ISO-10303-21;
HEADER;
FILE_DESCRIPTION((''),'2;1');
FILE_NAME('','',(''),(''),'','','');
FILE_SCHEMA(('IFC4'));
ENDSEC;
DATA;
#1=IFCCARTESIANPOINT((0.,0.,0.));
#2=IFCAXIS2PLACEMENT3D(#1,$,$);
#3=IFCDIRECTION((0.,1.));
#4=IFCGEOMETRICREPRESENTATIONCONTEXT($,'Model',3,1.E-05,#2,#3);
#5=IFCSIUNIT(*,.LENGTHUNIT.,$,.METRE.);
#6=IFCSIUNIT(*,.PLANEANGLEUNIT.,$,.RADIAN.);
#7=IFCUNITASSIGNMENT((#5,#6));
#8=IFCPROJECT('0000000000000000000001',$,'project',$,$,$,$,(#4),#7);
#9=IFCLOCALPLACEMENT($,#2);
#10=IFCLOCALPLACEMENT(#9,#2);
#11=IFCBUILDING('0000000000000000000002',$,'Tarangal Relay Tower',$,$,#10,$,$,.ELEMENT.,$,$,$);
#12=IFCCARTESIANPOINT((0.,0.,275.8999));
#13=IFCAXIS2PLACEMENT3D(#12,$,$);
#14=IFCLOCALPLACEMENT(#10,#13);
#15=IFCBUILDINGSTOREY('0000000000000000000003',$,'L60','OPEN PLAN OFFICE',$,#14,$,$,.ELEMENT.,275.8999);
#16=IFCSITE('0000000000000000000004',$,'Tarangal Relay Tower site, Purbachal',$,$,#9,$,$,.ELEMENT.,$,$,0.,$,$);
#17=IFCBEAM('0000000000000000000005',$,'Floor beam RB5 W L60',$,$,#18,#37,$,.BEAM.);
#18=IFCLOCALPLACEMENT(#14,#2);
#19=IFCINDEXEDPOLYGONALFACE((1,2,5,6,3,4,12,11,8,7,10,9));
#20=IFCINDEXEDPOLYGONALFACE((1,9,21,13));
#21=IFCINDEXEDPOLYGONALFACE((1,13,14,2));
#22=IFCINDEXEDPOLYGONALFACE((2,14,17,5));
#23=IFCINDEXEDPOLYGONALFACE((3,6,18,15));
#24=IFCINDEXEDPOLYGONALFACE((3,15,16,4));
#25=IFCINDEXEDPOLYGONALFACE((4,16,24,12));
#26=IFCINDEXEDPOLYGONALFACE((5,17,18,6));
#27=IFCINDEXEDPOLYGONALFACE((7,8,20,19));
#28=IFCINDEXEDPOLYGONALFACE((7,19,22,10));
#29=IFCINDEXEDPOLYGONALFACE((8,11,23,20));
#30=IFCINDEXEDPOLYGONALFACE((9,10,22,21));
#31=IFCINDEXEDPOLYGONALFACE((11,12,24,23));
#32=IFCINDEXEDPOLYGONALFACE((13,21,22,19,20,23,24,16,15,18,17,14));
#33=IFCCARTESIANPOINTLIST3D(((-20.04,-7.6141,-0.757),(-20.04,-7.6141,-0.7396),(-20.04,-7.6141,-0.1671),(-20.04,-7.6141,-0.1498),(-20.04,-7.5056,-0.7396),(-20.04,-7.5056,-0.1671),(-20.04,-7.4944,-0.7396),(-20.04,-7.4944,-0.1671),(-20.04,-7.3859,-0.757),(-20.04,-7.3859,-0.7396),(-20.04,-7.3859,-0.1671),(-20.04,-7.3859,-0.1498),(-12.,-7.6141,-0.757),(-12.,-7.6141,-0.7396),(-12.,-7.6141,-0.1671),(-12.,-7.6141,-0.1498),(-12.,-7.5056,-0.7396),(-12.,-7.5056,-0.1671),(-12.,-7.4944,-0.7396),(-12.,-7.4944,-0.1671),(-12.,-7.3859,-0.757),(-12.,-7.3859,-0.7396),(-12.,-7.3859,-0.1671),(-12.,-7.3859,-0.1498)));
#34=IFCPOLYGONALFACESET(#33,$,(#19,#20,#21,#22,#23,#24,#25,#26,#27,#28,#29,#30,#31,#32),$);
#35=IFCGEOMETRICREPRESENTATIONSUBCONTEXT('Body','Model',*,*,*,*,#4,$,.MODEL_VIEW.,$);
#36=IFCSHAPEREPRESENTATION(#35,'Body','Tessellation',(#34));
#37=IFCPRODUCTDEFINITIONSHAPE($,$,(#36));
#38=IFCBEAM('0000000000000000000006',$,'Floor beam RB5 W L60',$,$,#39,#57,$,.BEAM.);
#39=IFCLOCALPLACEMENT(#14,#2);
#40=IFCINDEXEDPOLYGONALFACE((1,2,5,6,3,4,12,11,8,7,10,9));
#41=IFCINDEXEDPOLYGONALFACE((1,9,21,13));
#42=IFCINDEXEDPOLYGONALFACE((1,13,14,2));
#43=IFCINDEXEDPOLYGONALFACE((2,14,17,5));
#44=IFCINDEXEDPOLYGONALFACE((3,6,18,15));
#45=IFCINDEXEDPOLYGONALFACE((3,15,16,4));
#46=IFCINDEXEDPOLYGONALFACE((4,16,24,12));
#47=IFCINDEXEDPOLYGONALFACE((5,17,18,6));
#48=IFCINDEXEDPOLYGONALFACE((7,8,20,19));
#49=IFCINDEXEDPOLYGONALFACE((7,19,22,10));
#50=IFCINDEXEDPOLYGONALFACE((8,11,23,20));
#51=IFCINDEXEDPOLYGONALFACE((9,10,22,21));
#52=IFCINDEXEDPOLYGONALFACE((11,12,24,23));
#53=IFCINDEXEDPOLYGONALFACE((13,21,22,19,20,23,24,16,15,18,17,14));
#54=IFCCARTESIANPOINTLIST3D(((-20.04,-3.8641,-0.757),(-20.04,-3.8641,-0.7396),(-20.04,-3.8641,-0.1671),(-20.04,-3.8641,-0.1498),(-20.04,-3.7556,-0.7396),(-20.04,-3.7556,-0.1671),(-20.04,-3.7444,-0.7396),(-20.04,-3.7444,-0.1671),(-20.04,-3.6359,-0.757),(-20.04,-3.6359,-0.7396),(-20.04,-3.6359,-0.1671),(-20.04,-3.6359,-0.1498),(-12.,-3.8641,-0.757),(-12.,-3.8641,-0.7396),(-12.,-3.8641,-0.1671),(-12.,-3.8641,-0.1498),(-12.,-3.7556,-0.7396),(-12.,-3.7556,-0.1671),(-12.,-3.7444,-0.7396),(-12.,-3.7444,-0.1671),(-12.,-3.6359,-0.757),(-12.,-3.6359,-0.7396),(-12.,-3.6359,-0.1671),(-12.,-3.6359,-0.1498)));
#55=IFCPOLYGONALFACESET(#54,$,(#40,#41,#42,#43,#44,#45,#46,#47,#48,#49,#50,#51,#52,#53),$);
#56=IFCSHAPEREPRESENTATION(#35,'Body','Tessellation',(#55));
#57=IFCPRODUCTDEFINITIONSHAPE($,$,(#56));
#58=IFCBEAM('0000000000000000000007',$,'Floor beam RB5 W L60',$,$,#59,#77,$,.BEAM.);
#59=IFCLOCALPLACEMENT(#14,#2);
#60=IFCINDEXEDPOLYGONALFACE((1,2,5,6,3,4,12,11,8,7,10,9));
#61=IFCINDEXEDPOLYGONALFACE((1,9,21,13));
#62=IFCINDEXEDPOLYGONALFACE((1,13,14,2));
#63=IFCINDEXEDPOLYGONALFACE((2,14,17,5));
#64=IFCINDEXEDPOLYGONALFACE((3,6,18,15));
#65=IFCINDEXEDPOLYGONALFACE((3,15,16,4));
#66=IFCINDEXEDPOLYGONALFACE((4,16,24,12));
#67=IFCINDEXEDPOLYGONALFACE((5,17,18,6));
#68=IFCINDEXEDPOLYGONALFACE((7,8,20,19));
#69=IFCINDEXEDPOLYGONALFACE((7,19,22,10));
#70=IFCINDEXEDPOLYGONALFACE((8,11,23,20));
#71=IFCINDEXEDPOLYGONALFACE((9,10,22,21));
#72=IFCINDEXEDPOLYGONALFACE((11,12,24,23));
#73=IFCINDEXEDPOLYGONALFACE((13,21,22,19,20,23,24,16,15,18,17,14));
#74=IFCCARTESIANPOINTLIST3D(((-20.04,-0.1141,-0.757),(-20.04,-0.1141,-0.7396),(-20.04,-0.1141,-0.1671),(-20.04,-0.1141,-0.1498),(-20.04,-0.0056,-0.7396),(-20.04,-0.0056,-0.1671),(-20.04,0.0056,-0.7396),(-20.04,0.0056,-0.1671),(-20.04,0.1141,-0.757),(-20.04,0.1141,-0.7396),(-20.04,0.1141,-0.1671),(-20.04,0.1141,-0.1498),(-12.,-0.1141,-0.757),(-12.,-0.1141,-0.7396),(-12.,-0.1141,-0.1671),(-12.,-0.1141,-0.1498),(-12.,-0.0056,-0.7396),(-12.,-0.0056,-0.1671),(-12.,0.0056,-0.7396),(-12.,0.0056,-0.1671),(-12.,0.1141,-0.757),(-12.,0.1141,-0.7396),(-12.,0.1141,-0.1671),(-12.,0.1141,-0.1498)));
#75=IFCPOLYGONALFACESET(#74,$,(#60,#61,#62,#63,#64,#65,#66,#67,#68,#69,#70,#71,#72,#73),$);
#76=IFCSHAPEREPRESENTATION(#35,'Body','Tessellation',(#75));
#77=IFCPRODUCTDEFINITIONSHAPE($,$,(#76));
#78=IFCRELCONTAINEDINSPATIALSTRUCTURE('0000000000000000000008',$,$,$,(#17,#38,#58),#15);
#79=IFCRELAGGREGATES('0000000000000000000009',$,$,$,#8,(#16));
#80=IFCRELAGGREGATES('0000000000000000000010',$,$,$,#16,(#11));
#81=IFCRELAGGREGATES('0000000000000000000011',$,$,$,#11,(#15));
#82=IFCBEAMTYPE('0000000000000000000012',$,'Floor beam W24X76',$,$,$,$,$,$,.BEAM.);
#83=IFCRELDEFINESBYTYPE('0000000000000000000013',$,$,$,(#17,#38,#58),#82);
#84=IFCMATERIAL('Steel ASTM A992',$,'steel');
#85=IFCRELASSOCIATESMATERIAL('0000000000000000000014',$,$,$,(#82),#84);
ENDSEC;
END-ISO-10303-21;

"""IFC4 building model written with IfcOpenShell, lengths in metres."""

from ifc_helpers import new_model, si_unit, direction, frame, origin, origin_2d, place, context, subcontext, project, spatial, i_section, extrude, material, material_profile, profile_set, type_object, element, save


model = new_model("IFC4")

# Units and contexts
model_context = context("Model", 3, precision=1e-05, world=origin(), true_north=direction((0.0, 1.0)))
body_context = subcontext(model_context, "Body", "Model", "MODEL_VIEW")
ifc_project = project(units=[si_unit("LENGTHUNIT", "METRE"), si_unit("PLANEANGLEUNIT", "RADIAN")], contexts=[model_context])

# Site, building, storey
site_placement = place(None, origin())
site = spatial("IfcSite", under=ifc_project, at=site_placement, Name="Tarangal Relay Tower site, Purbachal", CompositionType="ELEMENT", RefElevation=0.0)
building_placement = place(site_placement, origin())
building = spatial("IfcBuilding", under=site, at=building_placement, Name="Tarangal Relay Tower", CompositionType="ELEMENT")
storey_placement = place(building_placement, frame((0.0, 0.0, 275.8999)))
storey = spatial("IfcBuildingStorey", under=building, at=storey_placement, Name="L60", Description="OPEN PLAN OFFICE", CompositionType="ELEMENT", Elevation=275.8999)

# Beams
ifc_material_1 = material(Name="Steel ASTM A992", Category="steel")
ifc_material_profile = material_profile(ifc_material_1, i_section(OverallWidth=0.2283, OverallDepth=0.6072, WebThickness=0.0112, FlangeThickness=0.0173, at=origin_2d()), Name="W24X76")
ifc_profile_set = profile_set([ifc_material_profile], Name="Steel ASTM A992")
beam_type = type_object("IfcBeamType", Name="Floor beam W24X76", PredefinedType="BEAM", material=ifc_profile_set)
for number, where, z_axis, x_axis, name in (
    (1, (-12.0, -7.5, -0.4534), (-1.0, 0.0, 0.0), (0.0, -1.0, 0.0), "Floor beam RB5 W L60"),
    (2, (-12.0, -3.75, -0.4534), (-1.0, 0.0, 0.0), (0.0, -1.0, 0.0), "Floor beam RB5 W L60"),
    (3, (-12.0, 0.0, -0.4534), (-1.0, 0.0, 0.0), (0.0, -1.0, 0.0), "Floor beam RB5 W L60"),
):
    element("IfcBeam", number, at=place(storey_placement, frame(where, z_axis=z_axis, x_axis=x_axis)), inside=storey, type_object=beam_type, Name=name, PredefinedType="BEAM", context=body_context, shape_type="SweptSolid", body=[
        extrude(i_section(OverallWidth=0.2283, OverallDepth=0.6072, WebThickness=0.0112, FlangeThickness=0.0173, at=origin_2d()), origin(), (0.0, 0.0, 1.0), 8.04),
    ])

save(model, "model.ifc")
